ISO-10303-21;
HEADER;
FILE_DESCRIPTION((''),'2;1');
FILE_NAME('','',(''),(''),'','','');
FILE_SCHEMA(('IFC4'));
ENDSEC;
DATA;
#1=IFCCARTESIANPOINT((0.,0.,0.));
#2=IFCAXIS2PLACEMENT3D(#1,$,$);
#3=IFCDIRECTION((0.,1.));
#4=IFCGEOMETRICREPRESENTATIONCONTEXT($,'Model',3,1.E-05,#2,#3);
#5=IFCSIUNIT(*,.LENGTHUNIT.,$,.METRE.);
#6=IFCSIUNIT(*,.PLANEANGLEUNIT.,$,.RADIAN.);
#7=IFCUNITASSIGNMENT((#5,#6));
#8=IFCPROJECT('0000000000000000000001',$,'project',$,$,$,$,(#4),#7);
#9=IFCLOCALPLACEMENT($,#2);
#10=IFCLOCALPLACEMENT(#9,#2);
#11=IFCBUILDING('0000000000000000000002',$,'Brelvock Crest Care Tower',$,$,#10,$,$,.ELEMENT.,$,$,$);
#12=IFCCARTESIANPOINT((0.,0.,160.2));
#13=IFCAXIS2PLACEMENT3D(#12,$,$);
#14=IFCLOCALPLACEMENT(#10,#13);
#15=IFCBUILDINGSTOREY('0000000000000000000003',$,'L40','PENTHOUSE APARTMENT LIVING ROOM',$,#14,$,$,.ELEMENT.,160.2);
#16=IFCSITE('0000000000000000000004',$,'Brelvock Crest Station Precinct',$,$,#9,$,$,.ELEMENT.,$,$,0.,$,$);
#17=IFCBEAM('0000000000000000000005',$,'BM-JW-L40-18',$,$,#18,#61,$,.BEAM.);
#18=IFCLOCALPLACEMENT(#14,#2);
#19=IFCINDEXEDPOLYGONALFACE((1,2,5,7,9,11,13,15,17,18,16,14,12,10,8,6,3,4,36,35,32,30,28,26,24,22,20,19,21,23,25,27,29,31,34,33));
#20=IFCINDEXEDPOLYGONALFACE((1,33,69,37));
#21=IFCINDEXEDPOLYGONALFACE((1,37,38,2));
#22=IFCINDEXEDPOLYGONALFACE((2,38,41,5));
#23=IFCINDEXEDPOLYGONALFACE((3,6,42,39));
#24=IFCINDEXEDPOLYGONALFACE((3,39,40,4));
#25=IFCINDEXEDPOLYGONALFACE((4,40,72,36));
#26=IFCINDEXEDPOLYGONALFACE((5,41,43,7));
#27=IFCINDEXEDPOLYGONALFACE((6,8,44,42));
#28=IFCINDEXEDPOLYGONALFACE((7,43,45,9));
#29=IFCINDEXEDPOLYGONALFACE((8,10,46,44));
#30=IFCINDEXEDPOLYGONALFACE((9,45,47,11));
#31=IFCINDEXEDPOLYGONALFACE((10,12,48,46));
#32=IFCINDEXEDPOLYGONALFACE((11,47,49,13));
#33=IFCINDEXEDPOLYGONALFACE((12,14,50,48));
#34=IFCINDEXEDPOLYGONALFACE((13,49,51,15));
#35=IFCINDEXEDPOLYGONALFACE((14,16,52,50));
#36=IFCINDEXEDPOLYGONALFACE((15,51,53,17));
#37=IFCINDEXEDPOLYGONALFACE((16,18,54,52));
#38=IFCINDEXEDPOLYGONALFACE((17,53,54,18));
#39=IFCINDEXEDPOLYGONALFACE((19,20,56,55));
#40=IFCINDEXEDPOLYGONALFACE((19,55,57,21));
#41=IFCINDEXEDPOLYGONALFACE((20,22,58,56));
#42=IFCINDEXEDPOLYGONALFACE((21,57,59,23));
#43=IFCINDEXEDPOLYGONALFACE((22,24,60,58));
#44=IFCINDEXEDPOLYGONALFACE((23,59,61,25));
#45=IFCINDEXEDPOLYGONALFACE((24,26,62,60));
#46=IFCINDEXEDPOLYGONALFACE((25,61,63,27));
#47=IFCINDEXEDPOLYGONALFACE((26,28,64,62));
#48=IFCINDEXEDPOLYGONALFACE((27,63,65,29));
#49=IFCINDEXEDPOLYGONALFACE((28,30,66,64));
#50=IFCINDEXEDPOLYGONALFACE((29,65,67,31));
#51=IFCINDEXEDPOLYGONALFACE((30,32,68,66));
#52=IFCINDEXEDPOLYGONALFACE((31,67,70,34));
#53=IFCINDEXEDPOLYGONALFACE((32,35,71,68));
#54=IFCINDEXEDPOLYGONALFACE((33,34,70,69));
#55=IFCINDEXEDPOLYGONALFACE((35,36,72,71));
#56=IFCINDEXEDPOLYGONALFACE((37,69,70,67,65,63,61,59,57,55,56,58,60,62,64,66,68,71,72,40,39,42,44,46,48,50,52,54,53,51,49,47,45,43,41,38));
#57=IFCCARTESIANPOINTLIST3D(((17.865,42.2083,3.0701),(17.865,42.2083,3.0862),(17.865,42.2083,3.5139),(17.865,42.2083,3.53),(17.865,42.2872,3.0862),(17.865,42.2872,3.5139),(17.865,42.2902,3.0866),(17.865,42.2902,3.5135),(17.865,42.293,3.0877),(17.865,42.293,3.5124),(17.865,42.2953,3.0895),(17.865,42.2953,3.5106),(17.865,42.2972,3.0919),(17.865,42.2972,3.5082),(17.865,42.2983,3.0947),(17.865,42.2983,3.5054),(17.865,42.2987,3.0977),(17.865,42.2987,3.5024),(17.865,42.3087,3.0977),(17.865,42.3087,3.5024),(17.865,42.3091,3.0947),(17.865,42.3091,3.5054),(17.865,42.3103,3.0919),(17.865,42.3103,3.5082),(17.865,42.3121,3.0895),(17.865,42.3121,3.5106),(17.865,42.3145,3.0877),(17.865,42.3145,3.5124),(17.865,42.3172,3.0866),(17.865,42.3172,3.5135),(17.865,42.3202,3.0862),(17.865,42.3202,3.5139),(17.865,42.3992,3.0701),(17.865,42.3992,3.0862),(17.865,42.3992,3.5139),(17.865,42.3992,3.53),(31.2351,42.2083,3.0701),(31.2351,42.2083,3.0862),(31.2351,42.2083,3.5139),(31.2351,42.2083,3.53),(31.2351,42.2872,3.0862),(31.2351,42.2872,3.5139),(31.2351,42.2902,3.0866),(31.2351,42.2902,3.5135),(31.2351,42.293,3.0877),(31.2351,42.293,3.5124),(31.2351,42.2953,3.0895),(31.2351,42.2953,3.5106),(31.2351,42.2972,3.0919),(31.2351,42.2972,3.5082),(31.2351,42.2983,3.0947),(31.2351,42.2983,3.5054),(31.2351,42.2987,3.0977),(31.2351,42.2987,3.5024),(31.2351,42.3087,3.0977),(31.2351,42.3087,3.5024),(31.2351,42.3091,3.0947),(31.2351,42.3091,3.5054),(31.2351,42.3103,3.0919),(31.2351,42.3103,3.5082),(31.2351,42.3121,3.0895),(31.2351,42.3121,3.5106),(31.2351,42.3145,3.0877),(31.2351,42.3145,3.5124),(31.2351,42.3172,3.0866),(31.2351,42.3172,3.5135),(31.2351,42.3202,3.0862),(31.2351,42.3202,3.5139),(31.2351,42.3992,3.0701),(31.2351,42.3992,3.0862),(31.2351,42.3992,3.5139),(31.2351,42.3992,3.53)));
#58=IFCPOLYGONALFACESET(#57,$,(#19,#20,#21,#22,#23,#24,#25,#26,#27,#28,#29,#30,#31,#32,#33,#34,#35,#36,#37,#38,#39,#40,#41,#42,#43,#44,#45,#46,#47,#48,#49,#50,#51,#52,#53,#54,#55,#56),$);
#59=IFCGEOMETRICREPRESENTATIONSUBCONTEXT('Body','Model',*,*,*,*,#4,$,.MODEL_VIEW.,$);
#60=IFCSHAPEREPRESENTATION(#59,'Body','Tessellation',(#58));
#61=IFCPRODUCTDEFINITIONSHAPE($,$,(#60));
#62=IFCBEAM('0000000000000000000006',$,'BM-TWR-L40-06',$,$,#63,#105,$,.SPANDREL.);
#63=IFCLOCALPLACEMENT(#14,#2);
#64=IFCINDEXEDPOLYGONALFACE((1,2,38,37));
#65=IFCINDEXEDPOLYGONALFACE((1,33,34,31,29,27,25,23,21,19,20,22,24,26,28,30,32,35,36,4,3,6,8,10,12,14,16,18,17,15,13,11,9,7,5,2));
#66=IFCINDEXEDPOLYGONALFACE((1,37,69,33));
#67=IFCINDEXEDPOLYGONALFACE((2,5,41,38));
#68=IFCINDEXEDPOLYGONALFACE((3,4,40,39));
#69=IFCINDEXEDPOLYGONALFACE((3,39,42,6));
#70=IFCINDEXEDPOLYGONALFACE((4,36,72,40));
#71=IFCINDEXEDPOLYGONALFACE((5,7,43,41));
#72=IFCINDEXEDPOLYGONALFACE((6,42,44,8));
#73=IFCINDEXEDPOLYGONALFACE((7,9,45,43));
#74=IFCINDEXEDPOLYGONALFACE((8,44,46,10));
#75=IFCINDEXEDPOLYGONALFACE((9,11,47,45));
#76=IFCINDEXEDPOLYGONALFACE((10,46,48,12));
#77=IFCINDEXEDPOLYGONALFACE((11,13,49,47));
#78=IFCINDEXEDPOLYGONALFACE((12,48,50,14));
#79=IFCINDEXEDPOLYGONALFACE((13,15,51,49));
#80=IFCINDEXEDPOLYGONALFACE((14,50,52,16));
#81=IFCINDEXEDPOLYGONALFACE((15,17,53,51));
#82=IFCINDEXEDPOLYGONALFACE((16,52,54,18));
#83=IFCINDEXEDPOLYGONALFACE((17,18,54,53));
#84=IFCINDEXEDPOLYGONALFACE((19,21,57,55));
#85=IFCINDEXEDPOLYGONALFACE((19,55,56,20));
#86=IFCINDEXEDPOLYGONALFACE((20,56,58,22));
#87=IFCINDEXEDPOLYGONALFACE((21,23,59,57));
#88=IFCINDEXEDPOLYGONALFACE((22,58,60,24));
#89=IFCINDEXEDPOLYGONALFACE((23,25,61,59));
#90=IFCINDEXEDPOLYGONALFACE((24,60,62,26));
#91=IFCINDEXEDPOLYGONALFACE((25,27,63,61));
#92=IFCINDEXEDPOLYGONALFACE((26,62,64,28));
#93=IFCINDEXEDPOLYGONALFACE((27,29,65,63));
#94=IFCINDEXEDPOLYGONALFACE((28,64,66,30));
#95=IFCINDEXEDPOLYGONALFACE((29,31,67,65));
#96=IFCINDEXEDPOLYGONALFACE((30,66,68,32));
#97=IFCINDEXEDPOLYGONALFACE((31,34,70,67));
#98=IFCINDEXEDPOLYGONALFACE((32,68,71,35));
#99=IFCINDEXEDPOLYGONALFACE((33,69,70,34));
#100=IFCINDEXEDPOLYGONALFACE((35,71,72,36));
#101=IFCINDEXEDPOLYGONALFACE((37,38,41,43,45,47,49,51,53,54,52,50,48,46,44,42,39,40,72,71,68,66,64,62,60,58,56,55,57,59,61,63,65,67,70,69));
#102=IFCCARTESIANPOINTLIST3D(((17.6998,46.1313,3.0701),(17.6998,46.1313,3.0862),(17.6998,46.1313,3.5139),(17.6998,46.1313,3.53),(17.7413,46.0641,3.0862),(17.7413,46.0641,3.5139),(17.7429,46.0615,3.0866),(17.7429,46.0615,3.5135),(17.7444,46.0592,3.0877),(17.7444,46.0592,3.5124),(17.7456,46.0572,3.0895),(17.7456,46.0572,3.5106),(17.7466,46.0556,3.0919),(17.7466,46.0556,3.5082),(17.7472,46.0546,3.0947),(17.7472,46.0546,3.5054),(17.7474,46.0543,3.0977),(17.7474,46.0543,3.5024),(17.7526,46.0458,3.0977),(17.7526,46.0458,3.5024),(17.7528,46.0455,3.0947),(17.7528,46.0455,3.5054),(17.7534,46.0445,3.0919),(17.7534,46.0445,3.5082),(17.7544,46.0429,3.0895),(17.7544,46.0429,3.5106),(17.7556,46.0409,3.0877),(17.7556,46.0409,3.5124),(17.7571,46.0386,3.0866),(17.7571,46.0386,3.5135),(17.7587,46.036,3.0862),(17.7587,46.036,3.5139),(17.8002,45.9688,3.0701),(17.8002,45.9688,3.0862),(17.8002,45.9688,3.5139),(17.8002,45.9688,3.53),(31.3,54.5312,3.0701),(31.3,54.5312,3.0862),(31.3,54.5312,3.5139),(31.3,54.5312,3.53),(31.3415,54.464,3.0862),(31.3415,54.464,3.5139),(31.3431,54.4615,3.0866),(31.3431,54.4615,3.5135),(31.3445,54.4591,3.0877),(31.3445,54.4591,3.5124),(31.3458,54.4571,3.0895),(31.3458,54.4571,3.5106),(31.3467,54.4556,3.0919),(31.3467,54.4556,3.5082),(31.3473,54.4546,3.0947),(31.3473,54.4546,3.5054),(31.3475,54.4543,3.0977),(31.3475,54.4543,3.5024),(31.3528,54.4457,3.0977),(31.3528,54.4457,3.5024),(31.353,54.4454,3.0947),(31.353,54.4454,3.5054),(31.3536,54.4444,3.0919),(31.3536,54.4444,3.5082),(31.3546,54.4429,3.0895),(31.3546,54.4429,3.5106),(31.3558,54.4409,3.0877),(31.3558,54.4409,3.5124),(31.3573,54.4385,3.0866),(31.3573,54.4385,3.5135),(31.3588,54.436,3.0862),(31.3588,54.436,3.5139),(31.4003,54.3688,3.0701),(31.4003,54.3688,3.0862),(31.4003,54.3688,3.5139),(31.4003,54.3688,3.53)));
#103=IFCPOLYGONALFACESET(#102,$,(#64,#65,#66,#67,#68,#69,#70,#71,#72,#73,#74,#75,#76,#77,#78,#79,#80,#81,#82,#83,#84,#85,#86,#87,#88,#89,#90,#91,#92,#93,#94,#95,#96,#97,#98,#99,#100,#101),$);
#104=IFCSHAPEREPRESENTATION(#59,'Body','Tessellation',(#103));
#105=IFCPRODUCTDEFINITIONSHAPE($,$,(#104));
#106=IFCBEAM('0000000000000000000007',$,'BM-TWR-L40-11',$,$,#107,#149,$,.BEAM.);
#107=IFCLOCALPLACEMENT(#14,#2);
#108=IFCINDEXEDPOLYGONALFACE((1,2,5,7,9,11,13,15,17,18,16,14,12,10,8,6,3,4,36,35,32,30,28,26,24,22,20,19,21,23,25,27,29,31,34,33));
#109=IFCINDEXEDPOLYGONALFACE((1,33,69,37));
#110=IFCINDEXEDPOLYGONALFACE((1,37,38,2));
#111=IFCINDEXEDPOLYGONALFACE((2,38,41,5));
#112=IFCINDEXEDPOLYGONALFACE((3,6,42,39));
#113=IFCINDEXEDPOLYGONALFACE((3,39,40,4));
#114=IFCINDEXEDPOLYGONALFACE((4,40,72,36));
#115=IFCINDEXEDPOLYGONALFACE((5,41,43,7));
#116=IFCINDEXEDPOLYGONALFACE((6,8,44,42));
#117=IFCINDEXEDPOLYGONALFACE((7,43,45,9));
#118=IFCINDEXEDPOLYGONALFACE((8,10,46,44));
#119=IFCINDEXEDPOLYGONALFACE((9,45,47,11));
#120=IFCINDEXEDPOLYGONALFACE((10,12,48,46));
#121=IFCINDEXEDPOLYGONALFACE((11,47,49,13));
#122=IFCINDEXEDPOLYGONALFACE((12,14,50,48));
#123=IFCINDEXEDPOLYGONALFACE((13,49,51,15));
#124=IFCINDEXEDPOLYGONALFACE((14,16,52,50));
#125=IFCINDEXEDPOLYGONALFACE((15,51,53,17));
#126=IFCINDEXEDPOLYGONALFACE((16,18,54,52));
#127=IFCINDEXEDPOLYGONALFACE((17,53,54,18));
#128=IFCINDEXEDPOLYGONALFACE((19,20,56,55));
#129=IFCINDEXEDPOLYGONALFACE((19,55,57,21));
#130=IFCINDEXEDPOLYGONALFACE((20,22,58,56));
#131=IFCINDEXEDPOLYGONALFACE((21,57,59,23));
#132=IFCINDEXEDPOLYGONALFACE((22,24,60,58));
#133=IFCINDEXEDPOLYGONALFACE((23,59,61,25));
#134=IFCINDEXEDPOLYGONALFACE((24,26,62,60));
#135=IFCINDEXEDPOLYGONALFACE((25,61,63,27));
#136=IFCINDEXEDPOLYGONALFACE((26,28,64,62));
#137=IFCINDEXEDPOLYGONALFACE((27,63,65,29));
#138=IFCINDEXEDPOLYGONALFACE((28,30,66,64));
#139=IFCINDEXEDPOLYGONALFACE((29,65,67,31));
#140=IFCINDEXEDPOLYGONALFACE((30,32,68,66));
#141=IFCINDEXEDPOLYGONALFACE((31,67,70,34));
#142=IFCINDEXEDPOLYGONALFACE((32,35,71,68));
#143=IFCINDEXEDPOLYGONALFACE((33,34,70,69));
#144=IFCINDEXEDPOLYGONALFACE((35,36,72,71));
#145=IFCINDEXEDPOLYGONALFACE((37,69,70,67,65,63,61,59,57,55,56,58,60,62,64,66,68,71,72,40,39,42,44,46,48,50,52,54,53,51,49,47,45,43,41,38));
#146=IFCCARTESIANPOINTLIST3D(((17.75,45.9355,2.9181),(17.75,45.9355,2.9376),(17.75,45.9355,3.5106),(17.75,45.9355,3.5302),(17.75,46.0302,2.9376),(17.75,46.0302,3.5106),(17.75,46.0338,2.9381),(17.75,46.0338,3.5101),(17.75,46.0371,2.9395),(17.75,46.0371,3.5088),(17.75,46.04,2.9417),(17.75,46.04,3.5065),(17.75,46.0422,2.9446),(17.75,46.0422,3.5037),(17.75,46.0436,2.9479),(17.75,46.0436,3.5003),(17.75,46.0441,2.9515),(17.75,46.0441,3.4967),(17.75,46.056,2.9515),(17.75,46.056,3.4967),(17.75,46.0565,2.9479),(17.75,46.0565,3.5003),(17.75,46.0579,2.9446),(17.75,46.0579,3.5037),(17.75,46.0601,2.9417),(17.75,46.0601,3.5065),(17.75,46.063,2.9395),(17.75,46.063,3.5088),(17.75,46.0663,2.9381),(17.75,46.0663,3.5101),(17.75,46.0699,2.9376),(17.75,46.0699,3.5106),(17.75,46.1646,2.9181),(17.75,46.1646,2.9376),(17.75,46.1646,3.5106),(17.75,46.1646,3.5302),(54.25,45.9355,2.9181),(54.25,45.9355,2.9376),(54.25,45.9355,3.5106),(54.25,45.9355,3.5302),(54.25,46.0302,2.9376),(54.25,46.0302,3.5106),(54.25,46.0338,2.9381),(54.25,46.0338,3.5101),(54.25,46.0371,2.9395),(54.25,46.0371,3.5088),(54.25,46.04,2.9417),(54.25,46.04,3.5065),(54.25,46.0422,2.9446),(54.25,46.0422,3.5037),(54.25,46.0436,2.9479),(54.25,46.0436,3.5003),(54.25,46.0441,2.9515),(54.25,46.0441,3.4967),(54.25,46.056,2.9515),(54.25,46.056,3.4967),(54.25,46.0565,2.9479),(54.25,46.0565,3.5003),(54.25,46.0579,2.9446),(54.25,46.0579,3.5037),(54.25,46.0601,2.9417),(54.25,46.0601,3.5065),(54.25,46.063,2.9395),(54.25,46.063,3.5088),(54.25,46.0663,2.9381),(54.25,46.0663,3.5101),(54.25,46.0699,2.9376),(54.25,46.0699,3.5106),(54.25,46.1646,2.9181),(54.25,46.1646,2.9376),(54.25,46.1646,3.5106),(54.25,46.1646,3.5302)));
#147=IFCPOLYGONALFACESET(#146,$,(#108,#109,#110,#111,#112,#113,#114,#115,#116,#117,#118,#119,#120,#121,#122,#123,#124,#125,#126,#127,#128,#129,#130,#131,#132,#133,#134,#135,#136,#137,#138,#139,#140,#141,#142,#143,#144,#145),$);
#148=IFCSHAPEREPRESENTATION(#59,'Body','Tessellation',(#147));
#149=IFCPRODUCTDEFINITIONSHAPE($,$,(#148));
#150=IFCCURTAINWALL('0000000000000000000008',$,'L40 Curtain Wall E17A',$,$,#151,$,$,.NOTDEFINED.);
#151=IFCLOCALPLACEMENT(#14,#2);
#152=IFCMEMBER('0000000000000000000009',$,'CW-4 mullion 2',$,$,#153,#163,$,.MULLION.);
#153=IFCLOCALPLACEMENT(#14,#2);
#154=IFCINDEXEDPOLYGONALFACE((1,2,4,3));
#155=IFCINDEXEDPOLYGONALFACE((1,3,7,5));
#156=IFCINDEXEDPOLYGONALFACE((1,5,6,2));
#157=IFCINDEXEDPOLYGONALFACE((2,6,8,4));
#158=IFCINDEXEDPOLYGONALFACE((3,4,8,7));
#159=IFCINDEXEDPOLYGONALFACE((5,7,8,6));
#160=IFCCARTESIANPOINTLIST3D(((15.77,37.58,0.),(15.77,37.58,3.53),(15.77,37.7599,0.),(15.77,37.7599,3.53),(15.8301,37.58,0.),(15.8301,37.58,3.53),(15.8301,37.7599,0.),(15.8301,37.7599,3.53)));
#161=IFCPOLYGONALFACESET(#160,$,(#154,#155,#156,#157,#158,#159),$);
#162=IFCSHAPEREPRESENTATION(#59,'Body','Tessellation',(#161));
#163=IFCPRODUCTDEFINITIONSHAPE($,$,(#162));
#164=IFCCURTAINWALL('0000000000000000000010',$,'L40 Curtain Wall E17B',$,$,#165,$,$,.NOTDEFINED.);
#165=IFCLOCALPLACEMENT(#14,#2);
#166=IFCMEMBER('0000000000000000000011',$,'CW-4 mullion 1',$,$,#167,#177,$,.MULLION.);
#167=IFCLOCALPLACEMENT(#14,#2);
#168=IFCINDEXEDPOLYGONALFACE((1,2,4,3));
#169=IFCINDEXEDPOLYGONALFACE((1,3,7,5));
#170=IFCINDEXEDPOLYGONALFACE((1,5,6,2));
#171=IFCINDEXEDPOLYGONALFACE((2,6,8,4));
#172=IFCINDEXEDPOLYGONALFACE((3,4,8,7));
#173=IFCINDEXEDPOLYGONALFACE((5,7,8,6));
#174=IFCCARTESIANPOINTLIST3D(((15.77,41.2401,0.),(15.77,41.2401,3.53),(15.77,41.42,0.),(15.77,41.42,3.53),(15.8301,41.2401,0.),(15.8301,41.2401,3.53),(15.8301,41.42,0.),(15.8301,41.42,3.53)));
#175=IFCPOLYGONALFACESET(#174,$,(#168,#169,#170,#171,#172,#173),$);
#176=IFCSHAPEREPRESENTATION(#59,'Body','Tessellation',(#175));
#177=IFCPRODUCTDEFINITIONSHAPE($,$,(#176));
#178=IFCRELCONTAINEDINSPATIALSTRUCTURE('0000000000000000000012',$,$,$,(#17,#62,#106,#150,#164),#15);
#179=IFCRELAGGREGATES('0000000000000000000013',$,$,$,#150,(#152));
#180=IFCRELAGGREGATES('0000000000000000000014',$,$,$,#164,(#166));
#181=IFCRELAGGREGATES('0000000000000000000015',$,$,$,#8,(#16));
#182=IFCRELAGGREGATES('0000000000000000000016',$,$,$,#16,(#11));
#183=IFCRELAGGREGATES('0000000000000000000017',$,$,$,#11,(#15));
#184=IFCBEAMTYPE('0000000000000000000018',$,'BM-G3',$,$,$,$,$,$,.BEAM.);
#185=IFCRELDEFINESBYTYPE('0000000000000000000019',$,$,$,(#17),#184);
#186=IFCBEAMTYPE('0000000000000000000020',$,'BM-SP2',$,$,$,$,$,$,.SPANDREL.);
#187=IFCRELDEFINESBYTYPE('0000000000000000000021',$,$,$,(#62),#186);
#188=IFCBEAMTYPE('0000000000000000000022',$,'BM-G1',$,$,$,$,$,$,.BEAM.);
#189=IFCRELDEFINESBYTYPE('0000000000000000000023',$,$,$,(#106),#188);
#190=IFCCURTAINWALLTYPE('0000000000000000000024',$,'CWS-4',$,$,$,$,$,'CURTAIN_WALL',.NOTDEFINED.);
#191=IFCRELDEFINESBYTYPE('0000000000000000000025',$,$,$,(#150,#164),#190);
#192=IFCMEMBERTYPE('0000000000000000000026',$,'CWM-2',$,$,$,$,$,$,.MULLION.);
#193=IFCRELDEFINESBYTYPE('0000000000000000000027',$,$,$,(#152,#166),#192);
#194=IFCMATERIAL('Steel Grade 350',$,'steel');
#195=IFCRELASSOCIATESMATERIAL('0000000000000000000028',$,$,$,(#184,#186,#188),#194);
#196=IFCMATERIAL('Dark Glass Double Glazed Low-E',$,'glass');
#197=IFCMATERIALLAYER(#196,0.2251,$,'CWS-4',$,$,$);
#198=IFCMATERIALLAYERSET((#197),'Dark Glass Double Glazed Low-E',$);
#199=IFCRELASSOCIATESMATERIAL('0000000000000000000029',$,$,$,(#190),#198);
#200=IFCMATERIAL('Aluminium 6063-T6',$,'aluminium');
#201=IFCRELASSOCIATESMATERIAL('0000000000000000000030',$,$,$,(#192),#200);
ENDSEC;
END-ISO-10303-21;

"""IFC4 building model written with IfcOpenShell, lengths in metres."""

from ifc_helpers import new_model, si_unit, direction, frame, origin, origin_2d, place, context, subcontext, project, spatial, rectangle, i_section, extrude, source, transform, mapped, material, layer, layer_set, material_profile, profile_set, type_object, element, aggregate, save


model = new_model("IFC4")

# Units and contexts
model_context = context("Model", 3, precision=1e-05, world=origin(), true_north=direction((0.0, 1.0)))
body_context = subcontext(model_context, "Body", "Model", "MODEL_VIEW")
ifc_project = project(units=[si_unit("LENGTHUNIT", "METRE"), si_unit("PLANEANGLEUNIT", "RADIAN")], contexts=[model_context])

# Site, building, storey
site_placement = place(None, origin())
site = spatial("IfcSite", under=ifc_project, at=site_placement, Name="Brelvock Crest Station Precinct", CompositionType="ELEMENT", RefElevation=0.0)
building_placement = place(site_placement, origin())
building = spatial("IfcBuilding", under=site, at=building_placement, Name="Brelvock Crest Care Tower", CompositionType="ELEMENT")
storey_placement = place(building_placement, frame((0.0, 0.0, 160.2)))
storey = spatial("IfcBuildingStorey", under=building, at=storey_placement, Name="L40", Description="PENTHOUSE APARTMENT LIVING ROOM", CompositionType="ELEMENT", Elevation=160.2)

# Shared definitions
ifc_material_1 = material(Name="Steel Grade 350", Category="steel")

# Beams
ifc_material_profile_1 = material_profile(ifc_material_1, i_section(OverallWidth=0.1909, OverallDepth=0.46, WebThickness=0.01, FlangeThickness=0.0161, FilletRadius=0.0115, at=origin_2d()), Name="460UB82.1")
ifc_profile_set_1 = profile_set([ifc_material_profile_1], Name="Steel Grade 350")
beam_type_1 = type_object("IfcBeamType", Name="BM-G3", PredefinedType="BEAM", material=ifc_profile_set_1)
shared_shape_1 = source(origin(), body_context, "Body", "SweptSolid", [
    extrude(i_section(OverallWidth=0.1909, OverallDepth=0.46, WebThickness=0.01, FlangeThickness=0.0161, FilletRadius=0.0115, at=origin_2d()), origin(), (0.0, 0.0, 1.0), 13.3701),
])
for number, where, z_axis, x_axis, name in (
    (1, (17.865, 42.3037, 3.3), (1.0, 0.0, 0.0), (0.0, 1.0, 0.0), "BM-JW-L40-18"),
):
    element("IfcBeam", number, at=place(storey_placement, frame(where, z_axis=z_axis, x_axis=x_axis)), inside=storey, type_object=beam_type_1, Name=name, PredefinedType="BEAM", context=body_context, shape_type="MappedRepresentation", body=[
        mapped(shared_shape_1, transform((0.0, 0.0, 0.0), x_axis=(1.0, 0.0, 0.0), y_axis=(0.0, 1.0, 0.0), z_axis=(0.0, 0.0, 1.0), scale=1.0)),
    ])
ifc_material_profile_2 = material_profile(ifc_material_1, i_section(OverallWidth=0.1909, OverallDepth=0.46, WebThickness=0.01, FlangeThickness=0.0161, FilletRadius=0.0115, at=origin_2d()), Name="460UB82.1")
ifc_profile_set_2 = profile_set([ifc_material_profile_2], Name="Steel Grade 350")
beam_type_2 = type_object("IfcBeamType", Name="BM-SP2", PredefinedType="SPANDREL", material=ifc_profile_set_2)
shared_shape_2 = source(origin(), body_context, "Body", "SweptSolid", [
    extrude(i_section(OverallWidth=0.1909, OverallDepth=0.46, WebThickness=0.01, FlangeThickness=0.0161, FilletRadius=0.0115, at=origin_2d()), origin(), (0.0, 0.0, 1.0), 15.9851),
])
beam_1_placement = place(storey_placement, frame((17.75, 46.05, 3.3), z_axis=(0.850802, 0.525486, 0.0), x_axis=(-0.525486, 0.850802, 0.0)))
element("IfcBeam", 2, at=beam_1_placement, inside=storey, type_object=beam_type_2, Name="BM-TWR-L40-06", PredefinedType="SPANDREL", context=body_context, shape_type="MappedRepresentation", body=[
    mapped(shared_shape_2, transform((0.0, 0.0, 0.0), x_axis=(1.0, 0.0, 0.0), y_axis=(0.0, 1.0, 0.0), z_axis=(0.0, 0.0, 1.0), scale=1.0)),
])
ifc_material_profile_3 = material_profile(ifc_material_1, i_section(OverallWidth=0.229, OverallDepth=0.6121, WebThickness=0.012, FlangeThickness=0.0195, FilletRadius=0.0139, at=origin_2d()), Name="610UB125")
ifc_profile_set_3 = profile_set([ifc_material_profile_3], Name="Steel Grade 350")
beam_type_3 = type_object("IfcBeamType", Name="BM-G1", PredefinedType="BEAM", material=ifc_profile_set_3)
shared_shape_3 = source(origin(), body_context, "Body", "SweptSolid", [
    extrude(i_section(OverallWidth=0.229, OverallDepth=0.6121, WebThickness=0.012, FlangeThickness=0.0195, FilletRadius=0.0139, at=origin_2d()), origin(), (0.0, 0.0, 1.0), 36.5),
])
beam_2_placement = place(storey_placement, frame((17.75, 46.05, 3.2241), z_axis=(1.0, 0.0, 0.0), x_axis=(0.0, 1.0, 0.0)))
element("IfcBeam", 3, at=beam_2_placement, inside=storey, type_object=beam_type_3, Name="BM-TWR-L40-11", PredefinedType="BEAM", context=body_context, shape_type="MappedRepresentation", body=[
    mapped(shared_shape_3, transform((0.0, 0.0, 0.0), x_axis=(1.0, 0.0, 0.0), y_axis=(0.0, 1.0, 0.0), z_axis=(0.0, 0.0, 1.0), scale=1.0)),
])

# Curtain wall, member
ifc_material_2 = material(Name="Dark Glass Double Glazed Low-E", Category="glass")
ifc_layer_1 = layer(ifc_material_2, 0.2251, Name="CWS-4")
ifc_layer_set_1 = layer_set([ifc_layer_1], Name="Dark Glass Double Glazed Low-E")
curtain_wall_type = type_object("IfcCurtainWallType", Name="CWS-4", ElementType="CURTAIN_WALL", PredefinedType="NOTDEFINED", material=ifc_layer_set_1)
curtain_wall_1_placement = place(storey_placement, origin())
curtain_wall_1 = element("IfcCurtainWall", 4, at=curtain_wall_1_placement, inside=storey, type_object=curtain_wall_type, Name="L40 Curtain Wall E17A", PredefinedType="NOTDEFINED")
ifc_material_3 = material(Name="Aluminium 6063-T6", Category="aluminium")
ifc_material_profile_4 = material_profile(ifc_material_3, rectangle(XDim=0.0601, YDim=0.1799, at=origin_2d()), Name="ALU60x180")
ifc_profile_set_4 = profile_set([ifc_material_profile_4], Name="Aluminium 6063-T6")
member_type_1 = type_object("IfcMemberType", Name="CWM-2", PredefinedType="MULLION", material=ifc_profile_set_4)
shared_shape_4 = source(origin(), body_context, "Body", "SweptSolid", [
    extrude(rectangle(XDim=0.0601, YDim=0.1799, at=origin_2d()), origin(), (0.0, 0.0, 1.0), 3.53),
])
member_1_placement = place(storey_placement, frame((15.8, 37.6699, 0.0), z_axis=(0.0, 0.0, 1.0), x_axis=(-1.0, 0.0, 0.0)))
member_1 = element("IfcMember", 5, at=member_1_placement, type_object=member_type_1, Name="CW-4 mullion 2", PredefinedType="MULLION", context=body_context, shape_type="MappedRepresentation", body=[
    mapped(shared_shape_4, transform((0.0, 0.0, 0.0), x_axis=(1.0, 0.0, 0.0), y_axis=(0.0, 1.0, 0.0), z_axis=(0.0, 0.0, 1.0), scale=1.0)),
])
aggregate(curtain_wall_1, [member_1])

# Curtain wall, member
curtain_wall_2_placement = place(storey_placement, origin())
curtain_wall_2 = element("IfcCurtainWall", 6, at=curtain_wall_2_placement, inside=storey, type_object=curtain_wall_type, Name="L40 Curtain Wall E17B", PredefinedType="NOTDEFINED")
member_2_placement = place(storey_placement, frame((15.8, 41.3301, 0.0), z_axis=(0.0, 0.0, 1.0), x_axis=(-1.0, 0.0, 0.0)))
member_2 = element("IfcMember", 7, at=member_2_placement, type_object=member_type_1, Name="CW-4 mullion 1", PredefinedType="MULLION", context=body_context, shape_type="MappedRepresentation", body=[
    mapped(shared_shape_4, transform((0.0, 0.0, 0.0), x_axis=(1.0, 0.0, 0.0), y_axis=(0.0, 1.0, 0.0), z_axis=(0.0, 0.0, 1.0), scale=1.0)),
])
aggregate(curtain_wall_2, [member_2])

save(model, "model.ifc")
